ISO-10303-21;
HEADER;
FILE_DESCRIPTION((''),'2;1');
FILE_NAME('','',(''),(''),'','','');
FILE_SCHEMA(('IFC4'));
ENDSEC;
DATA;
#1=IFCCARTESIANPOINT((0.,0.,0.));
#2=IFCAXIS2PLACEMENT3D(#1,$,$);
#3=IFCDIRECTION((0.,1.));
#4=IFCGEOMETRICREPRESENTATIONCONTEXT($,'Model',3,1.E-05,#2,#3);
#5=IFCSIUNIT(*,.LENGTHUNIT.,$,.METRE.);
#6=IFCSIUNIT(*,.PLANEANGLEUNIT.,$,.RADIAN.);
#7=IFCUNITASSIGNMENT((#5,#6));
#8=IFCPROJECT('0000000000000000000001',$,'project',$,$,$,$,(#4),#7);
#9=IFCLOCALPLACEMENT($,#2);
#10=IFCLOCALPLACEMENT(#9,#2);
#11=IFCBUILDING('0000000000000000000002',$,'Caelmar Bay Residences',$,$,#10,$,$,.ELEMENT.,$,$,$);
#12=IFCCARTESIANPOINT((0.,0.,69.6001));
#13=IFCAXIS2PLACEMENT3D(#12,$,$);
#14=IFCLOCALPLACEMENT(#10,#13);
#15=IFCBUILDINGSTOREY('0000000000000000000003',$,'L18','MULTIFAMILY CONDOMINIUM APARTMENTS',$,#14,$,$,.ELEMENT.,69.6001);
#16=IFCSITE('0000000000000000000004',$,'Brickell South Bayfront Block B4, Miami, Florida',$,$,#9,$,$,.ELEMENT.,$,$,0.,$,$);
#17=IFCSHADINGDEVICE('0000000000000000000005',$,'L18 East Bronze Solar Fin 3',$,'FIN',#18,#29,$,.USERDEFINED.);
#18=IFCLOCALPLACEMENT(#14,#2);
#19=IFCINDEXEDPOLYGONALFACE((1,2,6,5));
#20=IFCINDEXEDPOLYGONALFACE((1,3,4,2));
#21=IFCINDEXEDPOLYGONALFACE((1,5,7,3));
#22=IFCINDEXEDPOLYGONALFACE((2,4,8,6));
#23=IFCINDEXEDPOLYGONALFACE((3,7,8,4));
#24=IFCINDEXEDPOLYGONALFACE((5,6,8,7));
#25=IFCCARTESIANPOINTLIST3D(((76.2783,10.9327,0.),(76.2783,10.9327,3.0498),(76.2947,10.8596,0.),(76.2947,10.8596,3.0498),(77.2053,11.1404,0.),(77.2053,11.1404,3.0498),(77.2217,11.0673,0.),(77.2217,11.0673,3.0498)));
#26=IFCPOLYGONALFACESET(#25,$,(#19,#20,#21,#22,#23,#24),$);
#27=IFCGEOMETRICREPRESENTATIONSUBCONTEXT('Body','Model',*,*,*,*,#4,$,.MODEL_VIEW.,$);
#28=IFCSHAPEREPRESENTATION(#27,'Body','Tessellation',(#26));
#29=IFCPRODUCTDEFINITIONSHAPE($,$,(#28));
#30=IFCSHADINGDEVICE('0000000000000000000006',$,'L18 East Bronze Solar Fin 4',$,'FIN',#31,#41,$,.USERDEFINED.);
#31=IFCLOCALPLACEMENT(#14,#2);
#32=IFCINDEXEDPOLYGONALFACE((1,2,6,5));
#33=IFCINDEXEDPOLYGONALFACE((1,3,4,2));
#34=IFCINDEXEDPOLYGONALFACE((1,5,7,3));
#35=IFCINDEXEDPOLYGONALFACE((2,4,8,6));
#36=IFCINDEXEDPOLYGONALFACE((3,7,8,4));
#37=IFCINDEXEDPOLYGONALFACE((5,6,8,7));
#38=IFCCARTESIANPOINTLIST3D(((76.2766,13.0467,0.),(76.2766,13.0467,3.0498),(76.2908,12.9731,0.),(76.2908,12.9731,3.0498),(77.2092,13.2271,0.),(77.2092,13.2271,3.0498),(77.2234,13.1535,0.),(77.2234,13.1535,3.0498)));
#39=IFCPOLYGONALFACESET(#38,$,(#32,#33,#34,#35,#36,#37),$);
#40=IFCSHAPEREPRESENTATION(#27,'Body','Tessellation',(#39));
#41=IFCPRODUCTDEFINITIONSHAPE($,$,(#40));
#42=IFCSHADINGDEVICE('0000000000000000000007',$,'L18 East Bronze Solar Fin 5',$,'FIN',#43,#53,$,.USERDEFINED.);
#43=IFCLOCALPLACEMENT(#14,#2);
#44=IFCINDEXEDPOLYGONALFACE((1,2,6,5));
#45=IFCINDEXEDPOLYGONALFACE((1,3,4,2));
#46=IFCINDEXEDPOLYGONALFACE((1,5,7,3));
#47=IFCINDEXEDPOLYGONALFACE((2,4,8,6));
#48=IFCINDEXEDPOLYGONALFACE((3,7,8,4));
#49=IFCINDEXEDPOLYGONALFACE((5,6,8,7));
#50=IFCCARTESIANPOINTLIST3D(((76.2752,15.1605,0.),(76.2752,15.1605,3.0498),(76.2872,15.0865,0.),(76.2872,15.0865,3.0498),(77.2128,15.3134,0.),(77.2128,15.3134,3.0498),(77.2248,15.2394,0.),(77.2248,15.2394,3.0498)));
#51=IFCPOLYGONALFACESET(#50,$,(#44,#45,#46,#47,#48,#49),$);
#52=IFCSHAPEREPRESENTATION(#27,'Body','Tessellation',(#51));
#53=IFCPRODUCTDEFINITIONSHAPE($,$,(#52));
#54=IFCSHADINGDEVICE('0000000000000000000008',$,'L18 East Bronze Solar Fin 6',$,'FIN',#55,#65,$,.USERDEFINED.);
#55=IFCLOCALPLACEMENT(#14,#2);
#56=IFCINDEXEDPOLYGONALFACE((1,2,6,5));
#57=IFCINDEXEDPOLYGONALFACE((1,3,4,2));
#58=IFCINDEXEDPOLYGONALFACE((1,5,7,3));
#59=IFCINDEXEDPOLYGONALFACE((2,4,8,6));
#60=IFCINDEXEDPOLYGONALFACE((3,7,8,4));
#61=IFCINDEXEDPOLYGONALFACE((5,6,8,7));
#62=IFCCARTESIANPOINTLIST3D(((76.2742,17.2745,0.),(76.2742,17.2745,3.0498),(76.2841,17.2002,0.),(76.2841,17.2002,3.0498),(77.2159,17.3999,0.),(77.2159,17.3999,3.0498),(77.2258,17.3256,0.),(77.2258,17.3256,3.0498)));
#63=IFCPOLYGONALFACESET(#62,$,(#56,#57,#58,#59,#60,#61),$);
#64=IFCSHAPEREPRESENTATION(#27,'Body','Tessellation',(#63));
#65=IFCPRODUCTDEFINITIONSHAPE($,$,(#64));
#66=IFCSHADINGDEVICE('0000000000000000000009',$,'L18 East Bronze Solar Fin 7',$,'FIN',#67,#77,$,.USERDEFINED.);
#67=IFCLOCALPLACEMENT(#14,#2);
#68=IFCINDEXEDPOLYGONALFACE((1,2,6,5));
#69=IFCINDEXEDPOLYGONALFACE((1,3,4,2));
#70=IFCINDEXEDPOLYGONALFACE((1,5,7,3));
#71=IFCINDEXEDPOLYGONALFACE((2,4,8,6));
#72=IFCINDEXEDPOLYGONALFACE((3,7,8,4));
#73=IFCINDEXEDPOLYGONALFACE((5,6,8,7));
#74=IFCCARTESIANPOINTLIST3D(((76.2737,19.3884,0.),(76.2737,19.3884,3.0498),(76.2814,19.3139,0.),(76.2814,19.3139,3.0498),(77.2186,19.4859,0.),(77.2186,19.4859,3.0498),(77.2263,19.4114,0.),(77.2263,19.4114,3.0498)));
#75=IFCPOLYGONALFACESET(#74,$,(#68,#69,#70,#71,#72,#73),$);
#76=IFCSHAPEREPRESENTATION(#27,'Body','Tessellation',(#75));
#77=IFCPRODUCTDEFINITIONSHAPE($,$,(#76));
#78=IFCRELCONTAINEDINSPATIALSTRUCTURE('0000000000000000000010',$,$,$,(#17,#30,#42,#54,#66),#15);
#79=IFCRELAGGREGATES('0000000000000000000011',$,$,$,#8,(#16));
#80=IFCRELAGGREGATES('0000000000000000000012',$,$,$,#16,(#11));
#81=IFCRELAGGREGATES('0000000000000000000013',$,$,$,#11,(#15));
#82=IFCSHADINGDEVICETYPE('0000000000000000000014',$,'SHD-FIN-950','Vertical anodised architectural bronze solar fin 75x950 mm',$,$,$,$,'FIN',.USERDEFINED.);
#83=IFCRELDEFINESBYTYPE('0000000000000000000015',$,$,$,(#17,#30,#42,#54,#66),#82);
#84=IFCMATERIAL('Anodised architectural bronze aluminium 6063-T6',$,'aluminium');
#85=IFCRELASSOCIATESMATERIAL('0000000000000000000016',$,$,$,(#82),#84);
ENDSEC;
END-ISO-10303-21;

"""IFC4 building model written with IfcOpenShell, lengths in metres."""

from ifc_helpers import new_model, si_unit, direction, frame, origin, origin_2d, place, context, subcontext, project, spatial, rectangle, extrude, material, material_profile, profile_set, type_object, element, save


model = new_model("IFC4")

# Units and contexts
model_context = context("Model", 3, precision=1e-05, world=origin(), true_north=direction((0.0, 1.0)))
body_context = subcontext(model_context, "Body", "Model", "MODEL_VIEW")
ifc_project = project(units=[si_unit("LENGTHUNIT", "METRE"), si_unit("PLANEANGLEUNIT", "RADIAN")], contexts=[model_context])

# Site, building, storey
site_placement = place(None, origin())
site = spatial("IfcSite", under=ifc_project, at=site_placement, Name="Brickell South Bayfront Block B4, Miami, Florida", CompositionType="ELEMENT", RefElevation=0.0)
building_placement = place(site_placement, origin())
building = spatial("IfcBuilding", under=site, at=building_placement, Name="Caelmar Bay Residences", CompositionType="ELEMENT")
storey_placement = place(building_placement, frame((0.0, 0.0, 69.6001)))
storey = spatial("IfcBuildingStorey", under=building, at=storey_placement, Name="L18", Description="MULTIFAMILY CONDOMINIUM APARTMENTS", CompositionType="ELEMENT", Elevation=69.6001)

# Shading devices
ifc_material_1 = material(Name="Anodised architectural bronze aluminium 6063-T6", Category="aluminium")
ifc_material_profile_1 = material_profile(ifc_material_1, rectangle(XDim=0.075, YDim=0.95, at=origin_2d()), Name="BRONZE-FIN-75X950")
ifc_profile_set_1 = profile_set([ifc_material_profile_1], Name="Anodised architectural bronze aluminium 6063-T6")
shading_device_type = type_object("IfcShadingDeviceType", Name="SHD-FIN-950", Description="Vertical anodised architectural bronze solar fin 75x950 mm", ElementType="FIN", PredefinedType="USERDEFINED", material=ifc_profile_set_1)
for number, where, z_axis, x_axis, name in (
    (1, (76.75, 11.0, 0.0), (0.0, 0.0, 1.0), (-0.218654, 0.975802, 0.0), "L18 East Bronze Solar Fin 3"),
    (2, (76.75, 13.1001, 0.0), (0.0, 0.0, 1.0), (-0.189952, 0.981793, 0.0), "L18 East Bronze Solar Fin 4"),
    (3, (76.75, 15.2, 0.0), (0.0, 0.0, 1.0), (-0.160915, 0.986968, 0.0), "L18 East Bronze Solar Fin 5"),
    (4, (76.75, 17.3, 0.0), (0.0, 0.0, 1.0), (-0.13191, 0.991262, 0.0), "L18 East Bronze Solar Fin 6"),
    (5, (76.75, 19.3999, 0.0), (0.0, 0.0, 1.0), (-0.102619, 0.994721, 0.0), "L18 East Bronze Solar Fin 7"),
):
    element("IfcShadingDevice", number, at=place(storey_placement, frame(where, z_axis=z_axis, x_axis=x_axis)), inside=storey, type_object=shading_device_type, Name=name, ObjectType="FIN", PredefinedType="USERDEFINED", context=body_context, shape_type="SweptSolid", body=[
        extrude(rectangle(XDim=0.075, YDim=0.95, at=origin_2d()), origin(), (0.0, 0.0, 1.0), 3.0498),
    ])

save(model, "model.ifc")
